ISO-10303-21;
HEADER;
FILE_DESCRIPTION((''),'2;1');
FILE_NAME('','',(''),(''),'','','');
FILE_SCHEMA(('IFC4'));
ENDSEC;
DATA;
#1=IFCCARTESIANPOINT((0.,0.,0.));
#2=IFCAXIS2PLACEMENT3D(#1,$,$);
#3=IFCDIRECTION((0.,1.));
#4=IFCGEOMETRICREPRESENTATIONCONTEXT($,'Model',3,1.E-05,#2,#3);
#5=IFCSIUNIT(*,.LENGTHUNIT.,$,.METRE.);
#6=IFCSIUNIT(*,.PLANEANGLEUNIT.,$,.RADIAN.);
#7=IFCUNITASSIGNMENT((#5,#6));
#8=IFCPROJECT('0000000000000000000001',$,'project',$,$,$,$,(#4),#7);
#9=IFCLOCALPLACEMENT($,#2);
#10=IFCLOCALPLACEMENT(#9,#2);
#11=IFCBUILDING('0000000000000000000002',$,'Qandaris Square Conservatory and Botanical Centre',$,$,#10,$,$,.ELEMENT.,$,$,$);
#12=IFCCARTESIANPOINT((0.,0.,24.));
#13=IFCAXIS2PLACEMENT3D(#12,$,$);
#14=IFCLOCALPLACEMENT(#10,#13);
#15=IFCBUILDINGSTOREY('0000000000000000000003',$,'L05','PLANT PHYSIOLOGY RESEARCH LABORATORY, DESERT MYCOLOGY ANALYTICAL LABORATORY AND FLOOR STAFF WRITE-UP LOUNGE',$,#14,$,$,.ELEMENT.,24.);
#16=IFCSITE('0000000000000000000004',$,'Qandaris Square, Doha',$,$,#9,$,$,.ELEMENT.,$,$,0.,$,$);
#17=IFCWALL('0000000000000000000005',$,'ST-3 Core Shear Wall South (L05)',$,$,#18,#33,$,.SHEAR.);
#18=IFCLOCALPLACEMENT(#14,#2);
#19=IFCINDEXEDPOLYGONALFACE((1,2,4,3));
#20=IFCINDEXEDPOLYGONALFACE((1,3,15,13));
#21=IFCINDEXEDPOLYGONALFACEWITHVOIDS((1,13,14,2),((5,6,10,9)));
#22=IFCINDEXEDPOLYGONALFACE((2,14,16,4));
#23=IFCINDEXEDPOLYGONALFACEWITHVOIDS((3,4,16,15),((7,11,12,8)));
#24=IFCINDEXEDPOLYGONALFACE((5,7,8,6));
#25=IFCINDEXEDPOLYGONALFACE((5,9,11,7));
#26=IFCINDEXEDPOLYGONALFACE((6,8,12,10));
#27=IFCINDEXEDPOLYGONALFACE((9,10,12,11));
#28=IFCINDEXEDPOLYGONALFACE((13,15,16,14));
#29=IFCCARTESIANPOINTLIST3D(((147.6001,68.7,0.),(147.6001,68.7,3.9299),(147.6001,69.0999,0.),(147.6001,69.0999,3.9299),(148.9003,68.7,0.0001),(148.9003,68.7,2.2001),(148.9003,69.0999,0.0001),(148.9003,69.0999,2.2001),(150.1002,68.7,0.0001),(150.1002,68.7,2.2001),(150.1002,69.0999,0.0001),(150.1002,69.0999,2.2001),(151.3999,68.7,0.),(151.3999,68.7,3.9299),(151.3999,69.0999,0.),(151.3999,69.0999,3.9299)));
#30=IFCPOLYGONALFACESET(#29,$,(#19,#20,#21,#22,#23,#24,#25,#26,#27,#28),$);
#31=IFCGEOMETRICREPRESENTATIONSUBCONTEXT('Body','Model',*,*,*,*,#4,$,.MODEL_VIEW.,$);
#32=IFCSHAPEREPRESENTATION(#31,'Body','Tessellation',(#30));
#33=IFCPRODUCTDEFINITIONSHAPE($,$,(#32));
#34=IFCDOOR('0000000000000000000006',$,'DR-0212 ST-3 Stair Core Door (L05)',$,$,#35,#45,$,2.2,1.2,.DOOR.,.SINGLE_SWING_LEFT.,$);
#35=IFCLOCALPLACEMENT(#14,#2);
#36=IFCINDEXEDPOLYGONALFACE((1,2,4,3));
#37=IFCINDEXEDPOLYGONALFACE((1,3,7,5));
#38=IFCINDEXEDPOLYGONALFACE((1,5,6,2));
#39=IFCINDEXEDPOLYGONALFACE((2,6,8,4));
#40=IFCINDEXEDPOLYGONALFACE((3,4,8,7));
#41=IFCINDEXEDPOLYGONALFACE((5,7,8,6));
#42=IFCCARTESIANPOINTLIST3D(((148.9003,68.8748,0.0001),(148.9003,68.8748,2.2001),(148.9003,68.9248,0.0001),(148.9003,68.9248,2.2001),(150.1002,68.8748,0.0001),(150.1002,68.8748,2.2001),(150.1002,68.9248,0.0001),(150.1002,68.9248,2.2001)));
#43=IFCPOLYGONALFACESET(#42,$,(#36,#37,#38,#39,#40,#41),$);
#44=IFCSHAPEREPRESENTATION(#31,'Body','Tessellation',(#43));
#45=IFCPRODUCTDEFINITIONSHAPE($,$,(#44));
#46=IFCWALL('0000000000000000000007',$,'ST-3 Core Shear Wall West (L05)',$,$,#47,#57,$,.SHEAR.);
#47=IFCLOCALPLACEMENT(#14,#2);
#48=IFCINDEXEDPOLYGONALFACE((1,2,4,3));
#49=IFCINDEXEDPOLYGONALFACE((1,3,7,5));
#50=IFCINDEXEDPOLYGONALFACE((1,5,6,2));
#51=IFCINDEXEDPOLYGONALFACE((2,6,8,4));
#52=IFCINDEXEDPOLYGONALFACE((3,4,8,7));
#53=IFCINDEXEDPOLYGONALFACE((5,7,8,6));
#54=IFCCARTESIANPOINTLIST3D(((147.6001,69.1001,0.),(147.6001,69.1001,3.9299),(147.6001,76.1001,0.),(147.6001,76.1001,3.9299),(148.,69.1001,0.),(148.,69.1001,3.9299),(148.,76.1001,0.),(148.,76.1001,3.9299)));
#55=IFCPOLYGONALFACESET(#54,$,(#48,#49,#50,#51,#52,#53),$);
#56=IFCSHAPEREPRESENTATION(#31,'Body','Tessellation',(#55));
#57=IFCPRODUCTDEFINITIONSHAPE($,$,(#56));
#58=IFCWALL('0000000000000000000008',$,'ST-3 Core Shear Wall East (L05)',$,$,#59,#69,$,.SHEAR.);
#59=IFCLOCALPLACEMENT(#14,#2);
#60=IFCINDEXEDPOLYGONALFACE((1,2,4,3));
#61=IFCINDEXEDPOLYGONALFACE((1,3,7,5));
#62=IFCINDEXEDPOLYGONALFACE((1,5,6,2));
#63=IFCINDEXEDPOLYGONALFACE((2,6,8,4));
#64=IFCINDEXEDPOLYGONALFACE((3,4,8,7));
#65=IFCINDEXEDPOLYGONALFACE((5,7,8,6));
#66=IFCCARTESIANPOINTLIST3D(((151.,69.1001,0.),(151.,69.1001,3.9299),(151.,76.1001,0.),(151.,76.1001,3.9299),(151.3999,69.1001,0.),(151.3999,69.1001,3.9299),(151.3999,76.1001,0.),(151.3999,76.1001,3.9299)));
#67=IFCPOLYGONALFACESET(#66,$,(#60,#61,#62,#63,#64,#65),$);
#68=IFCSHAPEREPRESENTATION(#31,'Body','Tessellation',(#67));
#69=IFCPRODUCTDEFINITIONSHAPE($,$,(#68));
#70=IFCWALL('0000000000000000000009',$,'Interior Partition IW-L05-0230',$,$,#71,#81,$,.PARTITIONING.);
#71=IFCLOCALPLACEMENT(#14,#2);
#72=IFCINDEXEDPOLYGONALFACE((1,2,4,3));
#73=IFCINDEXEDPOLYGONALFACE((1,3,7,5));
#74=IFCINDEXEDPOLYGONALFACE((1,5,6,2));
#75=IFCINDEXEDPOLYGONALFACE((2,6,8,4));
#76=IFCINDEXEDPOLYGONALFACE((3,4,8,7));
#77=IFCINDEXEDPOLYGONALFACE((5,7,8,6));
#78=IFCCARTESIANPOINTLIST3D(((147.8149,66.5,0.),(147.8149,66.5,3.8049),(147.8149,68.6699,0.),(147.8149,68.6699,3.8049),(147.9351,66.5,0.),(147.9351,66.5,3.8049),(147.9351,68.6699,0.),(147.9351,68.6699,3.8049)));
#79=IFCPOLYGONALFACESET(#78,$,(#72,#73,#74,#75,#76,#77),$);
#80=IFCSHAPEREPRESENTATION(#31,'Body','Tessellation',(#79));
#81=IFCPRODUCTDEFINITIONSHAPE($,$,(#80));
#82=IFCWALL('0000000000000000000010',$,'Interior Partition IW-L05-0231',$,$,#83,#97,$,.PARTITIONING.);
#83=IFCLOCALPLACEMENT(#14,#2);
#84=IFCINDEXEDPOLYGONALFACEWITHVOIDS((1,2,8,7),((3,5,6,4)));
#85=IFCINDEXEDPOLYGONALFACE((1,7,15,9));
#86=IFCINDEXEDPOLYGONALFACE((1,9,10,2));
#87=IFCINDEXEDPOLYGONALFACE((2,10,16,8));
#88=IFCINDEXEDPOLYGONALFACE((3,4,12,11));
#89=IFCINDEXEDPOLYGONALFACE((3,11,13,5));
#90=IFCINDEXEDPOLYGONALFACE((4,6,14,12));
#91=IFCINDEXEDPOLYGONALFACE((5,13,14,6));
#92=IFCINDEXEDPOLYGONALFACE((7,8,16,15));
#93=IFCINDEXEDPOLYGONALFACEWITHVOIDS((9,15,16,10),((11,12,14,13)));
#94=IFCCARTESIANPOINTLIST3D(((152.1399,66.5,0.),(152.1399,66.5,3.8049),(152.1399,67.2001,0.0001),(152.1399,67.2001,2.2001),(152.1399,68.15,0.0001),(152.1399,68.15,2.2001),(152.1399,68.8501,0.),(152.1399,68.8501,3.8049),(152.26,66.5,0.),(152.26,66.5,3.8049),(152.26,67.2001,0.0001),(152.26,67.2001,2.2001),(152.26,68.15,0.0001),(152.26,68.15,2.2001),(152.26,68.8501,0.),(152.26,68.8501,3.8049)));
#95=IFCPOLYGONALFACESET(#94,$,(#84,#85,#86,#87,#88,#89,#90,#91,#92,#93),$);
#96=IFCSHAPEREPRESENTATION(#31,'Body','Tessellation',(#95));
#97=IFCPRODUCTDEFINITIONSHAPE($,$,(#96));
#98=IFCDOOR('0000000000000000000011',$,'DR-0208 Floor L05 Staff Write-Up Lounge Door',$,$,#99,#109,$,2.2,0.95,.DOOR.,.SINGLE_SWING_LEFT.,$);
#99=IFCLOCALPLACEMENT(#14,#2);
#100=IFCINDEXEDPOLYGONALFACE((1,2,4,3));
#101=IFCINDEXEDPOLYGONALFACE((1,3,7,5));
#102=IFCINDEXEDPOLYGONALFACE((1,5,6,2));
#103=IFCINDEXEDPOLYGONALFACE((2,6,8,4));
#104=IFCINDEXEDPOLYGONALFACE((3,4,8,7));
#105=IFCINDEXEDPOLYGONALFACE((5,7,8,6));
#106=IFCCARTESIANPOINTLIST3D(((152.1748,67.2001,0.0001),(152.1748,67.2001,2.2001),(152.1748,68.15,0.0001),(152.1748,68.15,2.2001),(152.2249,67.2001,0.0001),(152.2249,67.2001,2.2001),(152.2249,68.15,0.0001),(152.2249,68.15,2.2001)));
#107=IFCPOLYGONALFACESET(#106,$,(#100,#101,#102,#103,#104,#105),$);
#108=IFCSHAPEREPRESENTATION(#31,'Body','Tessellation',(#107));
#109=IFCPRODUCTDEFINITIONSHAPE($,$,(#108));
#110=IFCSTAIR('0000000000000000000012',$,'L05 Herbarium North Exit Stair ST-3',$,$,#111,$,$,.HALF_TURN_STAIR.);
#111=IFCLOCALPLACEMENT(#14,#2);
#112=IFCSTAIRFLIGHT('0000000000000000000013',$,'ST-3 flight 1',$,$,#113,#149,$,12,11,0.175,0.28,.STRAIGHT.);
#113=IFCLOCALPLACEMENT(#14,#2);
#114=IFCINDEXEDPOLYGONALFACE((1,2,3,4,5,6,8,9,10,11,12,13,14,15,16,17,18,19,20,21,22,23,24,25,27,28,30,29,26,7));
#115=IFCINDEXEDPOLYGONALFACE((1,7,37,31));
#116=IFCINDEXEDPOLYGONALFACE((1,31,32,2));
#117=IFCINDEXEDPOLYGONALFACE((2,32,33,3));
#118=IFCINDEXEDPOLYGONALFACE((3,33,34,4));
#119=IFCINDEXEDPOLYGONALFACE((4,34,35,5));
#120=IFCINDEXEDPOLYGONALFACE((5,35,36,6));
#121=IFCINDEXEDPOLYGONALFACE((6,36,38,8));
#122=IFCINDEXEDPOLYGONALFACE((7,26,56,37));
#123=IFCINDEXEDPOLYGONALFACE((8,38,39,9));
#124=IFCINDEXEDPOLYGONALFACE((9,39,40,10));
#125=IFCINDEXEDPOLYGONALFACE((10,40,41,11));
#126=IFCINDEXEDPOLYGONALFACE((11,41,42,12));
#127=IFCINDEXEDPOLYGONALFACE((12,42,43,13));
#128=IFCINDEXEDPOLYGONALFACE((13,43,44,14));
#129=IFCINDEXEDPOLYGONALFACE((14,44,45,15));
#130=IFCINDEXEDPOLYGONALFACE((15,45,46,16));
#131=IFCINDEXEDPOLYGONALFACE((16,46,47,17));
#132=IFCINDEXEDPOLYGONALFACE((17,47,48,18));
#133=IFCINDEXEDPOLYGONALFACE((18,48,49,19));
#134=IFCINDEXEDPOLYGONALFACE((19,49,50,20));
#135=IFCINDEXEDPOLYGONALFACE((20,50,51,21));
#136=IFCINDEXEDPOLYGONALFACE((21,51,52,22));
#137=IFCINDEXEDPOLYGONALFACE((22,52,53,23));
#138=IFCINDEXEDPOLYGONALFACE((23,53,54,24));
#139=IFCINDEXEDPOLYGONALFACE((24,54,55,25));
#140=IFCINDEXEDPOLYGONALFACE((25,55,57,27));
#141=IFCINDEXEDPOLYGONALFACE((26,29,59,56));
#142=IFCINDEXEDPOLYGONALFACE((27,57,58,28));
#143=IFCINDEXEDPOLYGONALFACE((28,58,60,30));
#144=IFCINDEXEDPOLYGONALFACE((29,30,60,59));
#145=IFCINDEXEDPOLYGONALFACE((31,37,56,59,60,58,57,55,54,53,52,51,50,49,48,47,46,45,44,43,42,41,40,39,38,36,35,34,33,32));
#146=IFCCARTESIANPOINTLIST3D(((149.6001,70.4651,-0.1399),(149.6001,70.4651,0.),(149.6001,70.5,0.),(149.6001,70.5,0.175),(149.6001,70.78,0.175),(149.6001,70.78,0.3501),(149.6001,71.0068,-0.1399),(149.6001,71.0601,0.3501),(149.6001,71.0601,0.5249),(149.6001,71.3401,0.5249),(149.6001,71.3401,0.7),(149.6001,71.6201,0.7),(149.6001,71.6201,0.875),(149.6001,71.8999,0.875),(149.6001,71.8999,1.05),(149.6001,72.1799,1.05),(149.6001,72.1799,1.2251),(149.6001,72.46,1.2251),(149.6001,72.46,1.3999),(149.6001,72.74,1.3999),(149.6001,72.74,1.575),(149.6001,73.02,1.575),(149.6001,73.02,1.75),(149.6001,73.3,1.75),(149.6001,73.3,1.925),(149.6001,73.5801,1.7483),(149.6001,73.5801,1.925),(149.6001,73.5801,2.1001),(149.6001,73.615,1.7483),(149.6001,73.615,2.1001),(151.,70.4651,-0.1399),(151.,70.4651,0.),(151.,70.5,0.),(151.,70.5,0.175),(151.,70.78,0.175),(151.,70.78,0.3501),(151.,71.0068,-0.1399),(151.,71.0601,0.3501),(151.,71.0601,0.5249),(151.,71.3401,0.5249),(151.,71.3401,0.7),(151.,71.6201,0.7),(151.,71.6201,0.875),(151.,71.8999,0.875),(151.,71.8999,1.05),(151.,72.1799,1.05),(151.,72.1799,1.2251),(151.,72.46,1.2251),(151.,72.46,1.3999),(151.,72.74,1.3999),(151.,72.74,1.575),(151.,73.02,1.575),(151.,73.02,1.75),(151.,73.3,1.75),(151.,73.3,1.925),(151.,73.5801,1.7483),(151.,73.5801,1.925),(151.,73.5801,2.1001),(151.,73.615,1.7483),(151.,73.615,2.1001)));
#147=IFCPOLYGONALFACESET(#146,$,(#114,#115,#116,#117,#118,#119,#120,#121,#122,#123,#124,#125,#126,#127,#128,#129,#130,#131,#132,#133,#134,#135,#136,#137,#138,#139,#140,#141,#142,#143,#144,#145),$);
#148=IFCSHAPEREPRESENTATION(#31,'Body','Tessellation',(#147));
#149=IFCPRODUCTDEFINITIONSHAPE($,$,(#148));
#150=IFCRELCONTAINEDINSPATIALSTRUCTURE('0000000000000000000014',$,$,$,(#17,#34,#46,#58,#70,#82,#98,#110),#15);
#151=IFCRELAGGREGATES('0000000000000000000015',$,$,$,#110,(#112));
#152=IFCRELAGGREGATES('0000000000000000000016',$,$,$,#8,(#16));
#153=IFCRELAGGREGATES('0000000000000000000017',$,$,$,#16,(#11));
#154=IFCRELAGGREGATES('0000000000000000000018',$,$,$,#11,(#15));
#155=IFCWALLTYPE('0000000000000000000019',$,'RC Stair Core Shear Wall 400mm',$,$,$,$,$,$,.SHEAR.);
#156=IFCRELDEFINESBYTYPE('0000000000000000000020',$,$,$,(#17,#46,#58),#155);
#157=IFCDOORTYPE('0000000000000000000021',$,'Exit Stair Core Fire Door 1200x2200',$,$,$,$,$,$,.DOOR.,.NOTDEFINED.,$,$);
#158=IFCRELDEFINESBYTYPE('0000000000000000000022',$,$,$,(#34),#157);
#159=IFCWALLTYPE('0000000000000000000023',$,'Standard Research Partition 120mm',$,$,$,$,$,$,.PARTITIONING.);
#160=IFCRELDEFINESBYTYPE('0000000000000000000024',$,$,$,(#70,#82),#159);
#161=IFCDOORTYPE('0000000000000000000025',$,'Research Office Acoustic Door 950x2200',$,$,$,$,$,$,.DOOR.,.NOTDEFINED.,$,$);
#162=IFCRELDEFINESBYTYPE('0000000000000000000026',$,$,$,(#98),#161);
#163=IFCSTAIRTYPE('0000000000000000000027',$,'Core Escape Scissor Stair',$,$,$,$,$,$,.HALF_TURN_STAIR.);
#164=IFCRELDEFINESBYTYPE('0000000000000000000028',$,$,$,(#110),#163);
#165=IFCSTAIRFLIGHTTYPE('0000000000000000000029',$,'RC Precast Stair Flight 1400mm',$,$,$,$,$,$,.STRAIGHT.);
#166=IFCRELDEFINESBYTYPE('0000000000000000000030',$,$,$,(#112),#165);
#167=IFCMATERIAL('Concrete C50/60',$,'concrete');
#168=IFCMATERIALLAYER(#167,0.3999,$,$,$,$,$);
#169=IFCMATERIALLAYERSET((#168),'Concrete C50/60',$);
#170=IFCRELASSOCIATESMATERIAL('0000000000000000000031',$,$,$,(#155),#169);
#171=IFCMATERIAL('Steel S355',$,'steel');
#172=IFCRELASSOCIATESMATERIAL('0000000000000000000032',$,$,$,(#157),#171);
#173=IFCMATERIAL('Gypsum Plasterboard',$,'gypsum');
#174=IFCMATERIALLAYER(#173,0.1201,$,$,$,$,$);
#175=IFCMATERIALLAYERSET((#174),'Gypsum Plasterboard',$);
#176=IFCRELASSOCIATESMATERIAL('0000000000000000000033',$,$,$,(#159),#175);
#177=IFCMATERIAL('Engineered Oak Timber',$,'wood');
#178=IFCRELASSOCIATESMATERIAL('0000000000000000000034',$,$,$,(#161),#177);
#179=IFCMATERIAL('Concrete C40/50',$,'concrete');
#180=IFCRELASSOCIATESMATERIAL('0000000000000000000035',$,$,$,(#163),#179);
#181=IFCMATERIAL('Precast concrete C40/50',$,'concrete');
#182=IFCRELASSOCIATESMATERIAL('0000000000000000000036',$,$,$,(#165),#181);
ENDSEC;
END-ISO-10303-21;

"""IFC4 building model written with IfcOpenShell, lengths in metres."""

from ifc_helpers import new_model, si_unit, direction, frame, frame_2d, origin, place, context, subcontext, project, spatial, polyline, rectangle, outline, extrude, material, layer, layer_set, type_object, element, fill, aggregate, save


model = new_model("IFC4")

# Units and contexts
model_context = context("Model", 3, precision=1e-05, world=origin(), true_north=direction((0.0, 1.0)))
body_context = subcontext(model_context, "Body", "Model", "MODEL_VIEW")
ifc_project = project(units=[si_unit("LENGTHUNIT", "METRE"), si_unit("PLANEANGLEUNIT", "RADIAN")], contexts=[model_context])

# Site, building, storey
site_placement = place(None, origin())
site = spatial("IfcSite", under=ifc_project, at=site_placement, Name="Qandaris Square, Doha", CompositionType="ELEMENT", RefElevation=0.0)
building_placement = place(site_placement, origin())
building = spatial("IfcBuilding", under=site, at=building_placement, Name="Qandaris Square Conservatory and Botanical Centre", CompositionType="ELEMENT")
storey_placement = place(building_placement, frame((0.0, 0.0, 24.0)))
storey = spatial("IfcBuildingStorey", under=building, at=storey_placement, Name="L05", Description="PLANT PHYSIOLOGY RESEARCH LABORATORY, DESERT MYCOLOGY ANALYTICAL LABORATORY AND FLOOR STAFF WRITE-UP LOUNGE", CompositionType="ELEMENT", Elevation=24.0)

# Shared definitions
ifc_material_1 = material(Name="Concrete C50/60", Category="concrete")

# Shared definitions
ifc_material_2 = material(Name="Steel S355", Category="steel")

# Wall, opening, door
ifc_layer_1 = layer(ifc_material_1, 0.3999)
ifc_layer_set_1 = layer_set([ifc_layer_1], Name="Concrete C50/60")
wall_type_1 = type_object("IfcWallType", Name="RC Stair Core Shear Wall 400mm", PredefinedType="SHEAR", material=ifc_layer_set_1)
wall_1_placement = place(storey_placement, frame((147.6001, 68.8999, 0.0), z_axis=(0.0, 0.0, 1.0), x_axis=(1.0, 0.0, 0.0)))
wall_1 = element("IfcWall", 1, at=wall_1_placement, inside=storey, type_object=wall_type_1, Name="ST-3 Core Shear Wall South (L05)", PredefinedType="SHEAR", context=body_context, shape_type="SweptSolid", body=[
    extrude(rectangle(XDim=3.7998, YDim=0.3999, at=frame_2d((1.8999, 0.0))), origin(), (0.0, 0.0, 1.0), 3.9299),
])
opening_1_placement = place(wall_1_placement, frame((1.3, 0.0, 0.0)))
opening_1 = element("IfcOpeningElement", 2, at=opening_1_placement, cuts=wall_1, PredefinedType="OPENING", context=body_context, shape_type="SweptSolid", body=[
    extrude(rectangle(XDim=1.2, YDim=2.2, at=frame_2d((0.6001, 1.1001))), frame((0.0, 0.2119, 0.0), z_axis=(0.0, -1.0, 0.0), x_axis=(1.0, 0.0, 0.0)), (0.0, 0.0, 1.0), 0.4238),
])
door_type_1 = type_object("IfcDoorType", Name="Exit Stair Core Fire Door 1200x2200", OperationType="NOTDEFINED", PredefinedType="DOOR", material=ifc_material_2)
door_1_placement = place(opening_1_placement, origin())
door_1 = element("IfcDoor", 3, at=door_1_placement, inside=storey, type_object=door_type_1, Name="DR-0212 ST-3 Stair Core Door (L05)", OperationType="SINGLE_SWING_LEFT", OverallHeight=2.2, OverallWidth=1.2, PredefinedType="DOOR", context=body_context, shape_type="SweptSolid", body=[
    extrude(rectangle(XDim=1.2, YDim=2.2, at=frame_2d((0.6001, 1.1001))), frame((0.0, 0.0249, 0.0), z_axis=(0.0, -1.0, 0.0), x_axis=(1.0, 0.0, 0.0)), (0.0, 0.0, 1.0), 0.05),
])
fill(opening_1, door_1)

# Walls
for number, where, z_axis, x_axis, name in (
    (4, (147.8, 69.1001, 0.0), (0.0, 0.0, 1.0), (0.0, 1.0, 0.0), "ST-3 Core Shear Wall West (L05)"),
    (5, (151.2, 69.1001, 0.0), (0.0, 0.0, 1.0), (0.0, 1.0, 0.0), "ST-3 Core Shear Wall East (L05)"),
):
    element("IfcWall", number, at=place(storey_placement, frame(where, z_axis=z_axis, x_axis=x_axis)), inside=storey, type_object=wall_type_1, Name=name, PredefinedType="SHEAR", context=body_context, shape_type="SweptSolid", body=[
        extrude(rectangle(XDim=7.0, YDim=0.3999, at=frame_2d((3.5, 0.0))), origin(), (0.0, 0.0, 1.0), 3.9299),
    ])
ifc_material_3 = material(Name="Gypsum Plasterboard", Category="gypsum")
ifc_layer_2 = layer(ifc_material_3, 0.1201)
ifc_layer_set_2 = layer_set([ifc_layer_2], Name="Gypsum Plasterboard")
wall_type_2 = type_object("IfcWallType", Name="Standard Research Partition 120mm", PredefinedType="PARTITIONING", material=ifc_layer_set_2)
wall_2_placement = place(storey_placement, frame((147.875, 66.5, 0.0), z_axis=(0.0, 0.0, 1.0), x_axis=(0.0, 1.0, 0.0)))
element("IfcWall", 6, at=wall_2_placement, inside=storey, type_object=wall_type_2, Name="Interior Partition IW-L05-0230", PredefinedType="PARTITIONING", context=body_context, shape_type="SweptSolid", body=[
    extrude(rectangle(XDim=2.1699, YDim=0.1201, at=frame_2d((1.085, 0.0))), origin(), (0.0, 0.0, 1.0), 3.8049),
])

# Wall, opening, door
wall_3_placement = place(storey_placement, frame((152.2, 68.8501, 0.0), z_axis=(0.0, 0.0, 1.0), x_axis=(0.0, -1.0, 0.0)))
wall_3 = element("IfcWall", 7, at=wall_3_placement, inside=storey, type_object=wall_type_2, Name="Interior Partition IW-L05-0231", PredefinedType="PARTITIONING", context=body_context, shape_type="SweptSolid", body=[
    extrude(rectangle(XDim=2.3501, YDim=0.1201, at=frame_2d((1.175, 0.0))), origin(), (0.0, 0.0, 1.0), 3.8049),
])
opening_2_placement = place(wall_3_placement, frame((0.7, 0.0, 0.0)))
opening_2 = element("IfcOpeningElement", 8, at=opening_2_placement, cuts=wall_3, PredefinedType="OPENING", context=body_context, shape_type="SweptSolid", body=[
    extrude(rectangle(XDim=0.95, YDim=2.2, at=frame_2d((0.4751, 1.1001))), frame((0.0, 0.072, 0.0), z_axis=(0.0, -1.0, 0.0), x_axis=(1.0, 0.0, 0.0)), (0.0, 0.0, 1.0), 0.144),
])
ifc_material_4 = material(Name="Engineered Oak Timber", Category="wood")
door_type_2 = type_object("IfcDoorType", Name="Research Office Acoustic Door 950x2200", OperationType="NOTDEFINED", PredefinedType="DOOR", material=ifc_material_4)
door_2_placement = place(opening_2_placement, origin())
door_2 = element("IfcDoor", 9, at=door_2_placement, inside=storey, type_object=door_type_2, Name="DR-0208 Floor L05 Staff Write-Up Lounge Door", OperationType="SINGLE_SWING_LEFT", OverallHeight=2.2, OverallWidth=0.95, PredefinedType="DOOR", context=body_context, shape_type="SweptSolid", body=[
    extrude(rectangle(XDim=0.95, YDim=2.2, at=frame_2d((0.4751, 1.1001))), frame((0.0, 0.0249, 0.0), z_axis=(0.0, -1.0, 0.0), x_axis=(1.0, 0.0, 0.0)), (0.0, 0.0, 1.0), 0.05),
])
fill(opening_2, door_2)

# Stair, stair flight
ifc_material_5 = material(Name="Concrete C40/50", Category="concrete")
stair_type = type_object("IfcStairType", Name="Core Escape Scissor Stair", PredefinedType="HALF_TURN_STAIR", material=ifc_material_5)
stair_placement = place(storey_placement, origin())
stair = element("IfcStair", 10, at=stair_placement, inside=storey, type_object=stair_type, Name="L05 Herbarium North Exit Stair ST-3", PredefinedType="HALF_TURN_STAIR")
ifc_material_6 = material(Name="Precast concrete C40/50", Category="concrete")
stair_flight_type = type_object("IfcStairFlightType", Name="RC Precast Stair Flight 1400mm", PredefinedType="STRAIGHT", material=ifc_material_6)
stair_flight_1_placement = place(storey_placement, frame((150.3, 70.5, 0.0), z_axis=(0.0, 0.0, 1.0), x_axis=(0.0, 1.0, 0.0)))
stair_flight_1 = element("IfcStairFlight", 11, at=stair_flight_1_placement, type_object=stair_flight_type, Name="ST-3 flight 1", NumberOfRisers=12, NumberOfTreads=11, PredefinedType="STRAIGHT", RiserHeight=0.175, TreadLength=0.28, context=body_context, shape_type="SweptSolid", body=[
    extrude(outline(polyline([(-0.0349, 0.0), (0.0, 0.0), (0.0, 0.175), (0.28, 0.175), (0.28, 0.3501), (0.5601, 0.3501), (0.5601, 0.5249), (0.8401, 0.5249), (0.8401, 0.7), (1.1201, 0.7), (1.1201, 0.875), (1.3999, 0.875), (1.3999, 1.05), (1.6799, 1.05), (1.6799, 1.2251), (1.96, 1.2251), (1.96, 1.3999), (2.24, 1.3999), (2.24, 1.575), (2.52, 1.575), (2.52, 1.75), (2.8, 1.75), (2.8, 1.925), (3.0801, 1.925), (3.0801, 2.1001), (3.115, 2.1001), (3.115, 1.7483), (3.0801, 1.7483), (0.5068, -0.1399), (-0.0349, -0.1399), (-0.0349, 0.0)])), frame((0.0, 0.7, 0.0), z_axis=(0.0, -1.0, 0.0), x_axis=(1.0, 0.0, 0.0)), (0.0, 0.0, 1.0), 1.3999),
])
aggregate(stair, [stair_flight_1])

save(model, "model.ifc")
